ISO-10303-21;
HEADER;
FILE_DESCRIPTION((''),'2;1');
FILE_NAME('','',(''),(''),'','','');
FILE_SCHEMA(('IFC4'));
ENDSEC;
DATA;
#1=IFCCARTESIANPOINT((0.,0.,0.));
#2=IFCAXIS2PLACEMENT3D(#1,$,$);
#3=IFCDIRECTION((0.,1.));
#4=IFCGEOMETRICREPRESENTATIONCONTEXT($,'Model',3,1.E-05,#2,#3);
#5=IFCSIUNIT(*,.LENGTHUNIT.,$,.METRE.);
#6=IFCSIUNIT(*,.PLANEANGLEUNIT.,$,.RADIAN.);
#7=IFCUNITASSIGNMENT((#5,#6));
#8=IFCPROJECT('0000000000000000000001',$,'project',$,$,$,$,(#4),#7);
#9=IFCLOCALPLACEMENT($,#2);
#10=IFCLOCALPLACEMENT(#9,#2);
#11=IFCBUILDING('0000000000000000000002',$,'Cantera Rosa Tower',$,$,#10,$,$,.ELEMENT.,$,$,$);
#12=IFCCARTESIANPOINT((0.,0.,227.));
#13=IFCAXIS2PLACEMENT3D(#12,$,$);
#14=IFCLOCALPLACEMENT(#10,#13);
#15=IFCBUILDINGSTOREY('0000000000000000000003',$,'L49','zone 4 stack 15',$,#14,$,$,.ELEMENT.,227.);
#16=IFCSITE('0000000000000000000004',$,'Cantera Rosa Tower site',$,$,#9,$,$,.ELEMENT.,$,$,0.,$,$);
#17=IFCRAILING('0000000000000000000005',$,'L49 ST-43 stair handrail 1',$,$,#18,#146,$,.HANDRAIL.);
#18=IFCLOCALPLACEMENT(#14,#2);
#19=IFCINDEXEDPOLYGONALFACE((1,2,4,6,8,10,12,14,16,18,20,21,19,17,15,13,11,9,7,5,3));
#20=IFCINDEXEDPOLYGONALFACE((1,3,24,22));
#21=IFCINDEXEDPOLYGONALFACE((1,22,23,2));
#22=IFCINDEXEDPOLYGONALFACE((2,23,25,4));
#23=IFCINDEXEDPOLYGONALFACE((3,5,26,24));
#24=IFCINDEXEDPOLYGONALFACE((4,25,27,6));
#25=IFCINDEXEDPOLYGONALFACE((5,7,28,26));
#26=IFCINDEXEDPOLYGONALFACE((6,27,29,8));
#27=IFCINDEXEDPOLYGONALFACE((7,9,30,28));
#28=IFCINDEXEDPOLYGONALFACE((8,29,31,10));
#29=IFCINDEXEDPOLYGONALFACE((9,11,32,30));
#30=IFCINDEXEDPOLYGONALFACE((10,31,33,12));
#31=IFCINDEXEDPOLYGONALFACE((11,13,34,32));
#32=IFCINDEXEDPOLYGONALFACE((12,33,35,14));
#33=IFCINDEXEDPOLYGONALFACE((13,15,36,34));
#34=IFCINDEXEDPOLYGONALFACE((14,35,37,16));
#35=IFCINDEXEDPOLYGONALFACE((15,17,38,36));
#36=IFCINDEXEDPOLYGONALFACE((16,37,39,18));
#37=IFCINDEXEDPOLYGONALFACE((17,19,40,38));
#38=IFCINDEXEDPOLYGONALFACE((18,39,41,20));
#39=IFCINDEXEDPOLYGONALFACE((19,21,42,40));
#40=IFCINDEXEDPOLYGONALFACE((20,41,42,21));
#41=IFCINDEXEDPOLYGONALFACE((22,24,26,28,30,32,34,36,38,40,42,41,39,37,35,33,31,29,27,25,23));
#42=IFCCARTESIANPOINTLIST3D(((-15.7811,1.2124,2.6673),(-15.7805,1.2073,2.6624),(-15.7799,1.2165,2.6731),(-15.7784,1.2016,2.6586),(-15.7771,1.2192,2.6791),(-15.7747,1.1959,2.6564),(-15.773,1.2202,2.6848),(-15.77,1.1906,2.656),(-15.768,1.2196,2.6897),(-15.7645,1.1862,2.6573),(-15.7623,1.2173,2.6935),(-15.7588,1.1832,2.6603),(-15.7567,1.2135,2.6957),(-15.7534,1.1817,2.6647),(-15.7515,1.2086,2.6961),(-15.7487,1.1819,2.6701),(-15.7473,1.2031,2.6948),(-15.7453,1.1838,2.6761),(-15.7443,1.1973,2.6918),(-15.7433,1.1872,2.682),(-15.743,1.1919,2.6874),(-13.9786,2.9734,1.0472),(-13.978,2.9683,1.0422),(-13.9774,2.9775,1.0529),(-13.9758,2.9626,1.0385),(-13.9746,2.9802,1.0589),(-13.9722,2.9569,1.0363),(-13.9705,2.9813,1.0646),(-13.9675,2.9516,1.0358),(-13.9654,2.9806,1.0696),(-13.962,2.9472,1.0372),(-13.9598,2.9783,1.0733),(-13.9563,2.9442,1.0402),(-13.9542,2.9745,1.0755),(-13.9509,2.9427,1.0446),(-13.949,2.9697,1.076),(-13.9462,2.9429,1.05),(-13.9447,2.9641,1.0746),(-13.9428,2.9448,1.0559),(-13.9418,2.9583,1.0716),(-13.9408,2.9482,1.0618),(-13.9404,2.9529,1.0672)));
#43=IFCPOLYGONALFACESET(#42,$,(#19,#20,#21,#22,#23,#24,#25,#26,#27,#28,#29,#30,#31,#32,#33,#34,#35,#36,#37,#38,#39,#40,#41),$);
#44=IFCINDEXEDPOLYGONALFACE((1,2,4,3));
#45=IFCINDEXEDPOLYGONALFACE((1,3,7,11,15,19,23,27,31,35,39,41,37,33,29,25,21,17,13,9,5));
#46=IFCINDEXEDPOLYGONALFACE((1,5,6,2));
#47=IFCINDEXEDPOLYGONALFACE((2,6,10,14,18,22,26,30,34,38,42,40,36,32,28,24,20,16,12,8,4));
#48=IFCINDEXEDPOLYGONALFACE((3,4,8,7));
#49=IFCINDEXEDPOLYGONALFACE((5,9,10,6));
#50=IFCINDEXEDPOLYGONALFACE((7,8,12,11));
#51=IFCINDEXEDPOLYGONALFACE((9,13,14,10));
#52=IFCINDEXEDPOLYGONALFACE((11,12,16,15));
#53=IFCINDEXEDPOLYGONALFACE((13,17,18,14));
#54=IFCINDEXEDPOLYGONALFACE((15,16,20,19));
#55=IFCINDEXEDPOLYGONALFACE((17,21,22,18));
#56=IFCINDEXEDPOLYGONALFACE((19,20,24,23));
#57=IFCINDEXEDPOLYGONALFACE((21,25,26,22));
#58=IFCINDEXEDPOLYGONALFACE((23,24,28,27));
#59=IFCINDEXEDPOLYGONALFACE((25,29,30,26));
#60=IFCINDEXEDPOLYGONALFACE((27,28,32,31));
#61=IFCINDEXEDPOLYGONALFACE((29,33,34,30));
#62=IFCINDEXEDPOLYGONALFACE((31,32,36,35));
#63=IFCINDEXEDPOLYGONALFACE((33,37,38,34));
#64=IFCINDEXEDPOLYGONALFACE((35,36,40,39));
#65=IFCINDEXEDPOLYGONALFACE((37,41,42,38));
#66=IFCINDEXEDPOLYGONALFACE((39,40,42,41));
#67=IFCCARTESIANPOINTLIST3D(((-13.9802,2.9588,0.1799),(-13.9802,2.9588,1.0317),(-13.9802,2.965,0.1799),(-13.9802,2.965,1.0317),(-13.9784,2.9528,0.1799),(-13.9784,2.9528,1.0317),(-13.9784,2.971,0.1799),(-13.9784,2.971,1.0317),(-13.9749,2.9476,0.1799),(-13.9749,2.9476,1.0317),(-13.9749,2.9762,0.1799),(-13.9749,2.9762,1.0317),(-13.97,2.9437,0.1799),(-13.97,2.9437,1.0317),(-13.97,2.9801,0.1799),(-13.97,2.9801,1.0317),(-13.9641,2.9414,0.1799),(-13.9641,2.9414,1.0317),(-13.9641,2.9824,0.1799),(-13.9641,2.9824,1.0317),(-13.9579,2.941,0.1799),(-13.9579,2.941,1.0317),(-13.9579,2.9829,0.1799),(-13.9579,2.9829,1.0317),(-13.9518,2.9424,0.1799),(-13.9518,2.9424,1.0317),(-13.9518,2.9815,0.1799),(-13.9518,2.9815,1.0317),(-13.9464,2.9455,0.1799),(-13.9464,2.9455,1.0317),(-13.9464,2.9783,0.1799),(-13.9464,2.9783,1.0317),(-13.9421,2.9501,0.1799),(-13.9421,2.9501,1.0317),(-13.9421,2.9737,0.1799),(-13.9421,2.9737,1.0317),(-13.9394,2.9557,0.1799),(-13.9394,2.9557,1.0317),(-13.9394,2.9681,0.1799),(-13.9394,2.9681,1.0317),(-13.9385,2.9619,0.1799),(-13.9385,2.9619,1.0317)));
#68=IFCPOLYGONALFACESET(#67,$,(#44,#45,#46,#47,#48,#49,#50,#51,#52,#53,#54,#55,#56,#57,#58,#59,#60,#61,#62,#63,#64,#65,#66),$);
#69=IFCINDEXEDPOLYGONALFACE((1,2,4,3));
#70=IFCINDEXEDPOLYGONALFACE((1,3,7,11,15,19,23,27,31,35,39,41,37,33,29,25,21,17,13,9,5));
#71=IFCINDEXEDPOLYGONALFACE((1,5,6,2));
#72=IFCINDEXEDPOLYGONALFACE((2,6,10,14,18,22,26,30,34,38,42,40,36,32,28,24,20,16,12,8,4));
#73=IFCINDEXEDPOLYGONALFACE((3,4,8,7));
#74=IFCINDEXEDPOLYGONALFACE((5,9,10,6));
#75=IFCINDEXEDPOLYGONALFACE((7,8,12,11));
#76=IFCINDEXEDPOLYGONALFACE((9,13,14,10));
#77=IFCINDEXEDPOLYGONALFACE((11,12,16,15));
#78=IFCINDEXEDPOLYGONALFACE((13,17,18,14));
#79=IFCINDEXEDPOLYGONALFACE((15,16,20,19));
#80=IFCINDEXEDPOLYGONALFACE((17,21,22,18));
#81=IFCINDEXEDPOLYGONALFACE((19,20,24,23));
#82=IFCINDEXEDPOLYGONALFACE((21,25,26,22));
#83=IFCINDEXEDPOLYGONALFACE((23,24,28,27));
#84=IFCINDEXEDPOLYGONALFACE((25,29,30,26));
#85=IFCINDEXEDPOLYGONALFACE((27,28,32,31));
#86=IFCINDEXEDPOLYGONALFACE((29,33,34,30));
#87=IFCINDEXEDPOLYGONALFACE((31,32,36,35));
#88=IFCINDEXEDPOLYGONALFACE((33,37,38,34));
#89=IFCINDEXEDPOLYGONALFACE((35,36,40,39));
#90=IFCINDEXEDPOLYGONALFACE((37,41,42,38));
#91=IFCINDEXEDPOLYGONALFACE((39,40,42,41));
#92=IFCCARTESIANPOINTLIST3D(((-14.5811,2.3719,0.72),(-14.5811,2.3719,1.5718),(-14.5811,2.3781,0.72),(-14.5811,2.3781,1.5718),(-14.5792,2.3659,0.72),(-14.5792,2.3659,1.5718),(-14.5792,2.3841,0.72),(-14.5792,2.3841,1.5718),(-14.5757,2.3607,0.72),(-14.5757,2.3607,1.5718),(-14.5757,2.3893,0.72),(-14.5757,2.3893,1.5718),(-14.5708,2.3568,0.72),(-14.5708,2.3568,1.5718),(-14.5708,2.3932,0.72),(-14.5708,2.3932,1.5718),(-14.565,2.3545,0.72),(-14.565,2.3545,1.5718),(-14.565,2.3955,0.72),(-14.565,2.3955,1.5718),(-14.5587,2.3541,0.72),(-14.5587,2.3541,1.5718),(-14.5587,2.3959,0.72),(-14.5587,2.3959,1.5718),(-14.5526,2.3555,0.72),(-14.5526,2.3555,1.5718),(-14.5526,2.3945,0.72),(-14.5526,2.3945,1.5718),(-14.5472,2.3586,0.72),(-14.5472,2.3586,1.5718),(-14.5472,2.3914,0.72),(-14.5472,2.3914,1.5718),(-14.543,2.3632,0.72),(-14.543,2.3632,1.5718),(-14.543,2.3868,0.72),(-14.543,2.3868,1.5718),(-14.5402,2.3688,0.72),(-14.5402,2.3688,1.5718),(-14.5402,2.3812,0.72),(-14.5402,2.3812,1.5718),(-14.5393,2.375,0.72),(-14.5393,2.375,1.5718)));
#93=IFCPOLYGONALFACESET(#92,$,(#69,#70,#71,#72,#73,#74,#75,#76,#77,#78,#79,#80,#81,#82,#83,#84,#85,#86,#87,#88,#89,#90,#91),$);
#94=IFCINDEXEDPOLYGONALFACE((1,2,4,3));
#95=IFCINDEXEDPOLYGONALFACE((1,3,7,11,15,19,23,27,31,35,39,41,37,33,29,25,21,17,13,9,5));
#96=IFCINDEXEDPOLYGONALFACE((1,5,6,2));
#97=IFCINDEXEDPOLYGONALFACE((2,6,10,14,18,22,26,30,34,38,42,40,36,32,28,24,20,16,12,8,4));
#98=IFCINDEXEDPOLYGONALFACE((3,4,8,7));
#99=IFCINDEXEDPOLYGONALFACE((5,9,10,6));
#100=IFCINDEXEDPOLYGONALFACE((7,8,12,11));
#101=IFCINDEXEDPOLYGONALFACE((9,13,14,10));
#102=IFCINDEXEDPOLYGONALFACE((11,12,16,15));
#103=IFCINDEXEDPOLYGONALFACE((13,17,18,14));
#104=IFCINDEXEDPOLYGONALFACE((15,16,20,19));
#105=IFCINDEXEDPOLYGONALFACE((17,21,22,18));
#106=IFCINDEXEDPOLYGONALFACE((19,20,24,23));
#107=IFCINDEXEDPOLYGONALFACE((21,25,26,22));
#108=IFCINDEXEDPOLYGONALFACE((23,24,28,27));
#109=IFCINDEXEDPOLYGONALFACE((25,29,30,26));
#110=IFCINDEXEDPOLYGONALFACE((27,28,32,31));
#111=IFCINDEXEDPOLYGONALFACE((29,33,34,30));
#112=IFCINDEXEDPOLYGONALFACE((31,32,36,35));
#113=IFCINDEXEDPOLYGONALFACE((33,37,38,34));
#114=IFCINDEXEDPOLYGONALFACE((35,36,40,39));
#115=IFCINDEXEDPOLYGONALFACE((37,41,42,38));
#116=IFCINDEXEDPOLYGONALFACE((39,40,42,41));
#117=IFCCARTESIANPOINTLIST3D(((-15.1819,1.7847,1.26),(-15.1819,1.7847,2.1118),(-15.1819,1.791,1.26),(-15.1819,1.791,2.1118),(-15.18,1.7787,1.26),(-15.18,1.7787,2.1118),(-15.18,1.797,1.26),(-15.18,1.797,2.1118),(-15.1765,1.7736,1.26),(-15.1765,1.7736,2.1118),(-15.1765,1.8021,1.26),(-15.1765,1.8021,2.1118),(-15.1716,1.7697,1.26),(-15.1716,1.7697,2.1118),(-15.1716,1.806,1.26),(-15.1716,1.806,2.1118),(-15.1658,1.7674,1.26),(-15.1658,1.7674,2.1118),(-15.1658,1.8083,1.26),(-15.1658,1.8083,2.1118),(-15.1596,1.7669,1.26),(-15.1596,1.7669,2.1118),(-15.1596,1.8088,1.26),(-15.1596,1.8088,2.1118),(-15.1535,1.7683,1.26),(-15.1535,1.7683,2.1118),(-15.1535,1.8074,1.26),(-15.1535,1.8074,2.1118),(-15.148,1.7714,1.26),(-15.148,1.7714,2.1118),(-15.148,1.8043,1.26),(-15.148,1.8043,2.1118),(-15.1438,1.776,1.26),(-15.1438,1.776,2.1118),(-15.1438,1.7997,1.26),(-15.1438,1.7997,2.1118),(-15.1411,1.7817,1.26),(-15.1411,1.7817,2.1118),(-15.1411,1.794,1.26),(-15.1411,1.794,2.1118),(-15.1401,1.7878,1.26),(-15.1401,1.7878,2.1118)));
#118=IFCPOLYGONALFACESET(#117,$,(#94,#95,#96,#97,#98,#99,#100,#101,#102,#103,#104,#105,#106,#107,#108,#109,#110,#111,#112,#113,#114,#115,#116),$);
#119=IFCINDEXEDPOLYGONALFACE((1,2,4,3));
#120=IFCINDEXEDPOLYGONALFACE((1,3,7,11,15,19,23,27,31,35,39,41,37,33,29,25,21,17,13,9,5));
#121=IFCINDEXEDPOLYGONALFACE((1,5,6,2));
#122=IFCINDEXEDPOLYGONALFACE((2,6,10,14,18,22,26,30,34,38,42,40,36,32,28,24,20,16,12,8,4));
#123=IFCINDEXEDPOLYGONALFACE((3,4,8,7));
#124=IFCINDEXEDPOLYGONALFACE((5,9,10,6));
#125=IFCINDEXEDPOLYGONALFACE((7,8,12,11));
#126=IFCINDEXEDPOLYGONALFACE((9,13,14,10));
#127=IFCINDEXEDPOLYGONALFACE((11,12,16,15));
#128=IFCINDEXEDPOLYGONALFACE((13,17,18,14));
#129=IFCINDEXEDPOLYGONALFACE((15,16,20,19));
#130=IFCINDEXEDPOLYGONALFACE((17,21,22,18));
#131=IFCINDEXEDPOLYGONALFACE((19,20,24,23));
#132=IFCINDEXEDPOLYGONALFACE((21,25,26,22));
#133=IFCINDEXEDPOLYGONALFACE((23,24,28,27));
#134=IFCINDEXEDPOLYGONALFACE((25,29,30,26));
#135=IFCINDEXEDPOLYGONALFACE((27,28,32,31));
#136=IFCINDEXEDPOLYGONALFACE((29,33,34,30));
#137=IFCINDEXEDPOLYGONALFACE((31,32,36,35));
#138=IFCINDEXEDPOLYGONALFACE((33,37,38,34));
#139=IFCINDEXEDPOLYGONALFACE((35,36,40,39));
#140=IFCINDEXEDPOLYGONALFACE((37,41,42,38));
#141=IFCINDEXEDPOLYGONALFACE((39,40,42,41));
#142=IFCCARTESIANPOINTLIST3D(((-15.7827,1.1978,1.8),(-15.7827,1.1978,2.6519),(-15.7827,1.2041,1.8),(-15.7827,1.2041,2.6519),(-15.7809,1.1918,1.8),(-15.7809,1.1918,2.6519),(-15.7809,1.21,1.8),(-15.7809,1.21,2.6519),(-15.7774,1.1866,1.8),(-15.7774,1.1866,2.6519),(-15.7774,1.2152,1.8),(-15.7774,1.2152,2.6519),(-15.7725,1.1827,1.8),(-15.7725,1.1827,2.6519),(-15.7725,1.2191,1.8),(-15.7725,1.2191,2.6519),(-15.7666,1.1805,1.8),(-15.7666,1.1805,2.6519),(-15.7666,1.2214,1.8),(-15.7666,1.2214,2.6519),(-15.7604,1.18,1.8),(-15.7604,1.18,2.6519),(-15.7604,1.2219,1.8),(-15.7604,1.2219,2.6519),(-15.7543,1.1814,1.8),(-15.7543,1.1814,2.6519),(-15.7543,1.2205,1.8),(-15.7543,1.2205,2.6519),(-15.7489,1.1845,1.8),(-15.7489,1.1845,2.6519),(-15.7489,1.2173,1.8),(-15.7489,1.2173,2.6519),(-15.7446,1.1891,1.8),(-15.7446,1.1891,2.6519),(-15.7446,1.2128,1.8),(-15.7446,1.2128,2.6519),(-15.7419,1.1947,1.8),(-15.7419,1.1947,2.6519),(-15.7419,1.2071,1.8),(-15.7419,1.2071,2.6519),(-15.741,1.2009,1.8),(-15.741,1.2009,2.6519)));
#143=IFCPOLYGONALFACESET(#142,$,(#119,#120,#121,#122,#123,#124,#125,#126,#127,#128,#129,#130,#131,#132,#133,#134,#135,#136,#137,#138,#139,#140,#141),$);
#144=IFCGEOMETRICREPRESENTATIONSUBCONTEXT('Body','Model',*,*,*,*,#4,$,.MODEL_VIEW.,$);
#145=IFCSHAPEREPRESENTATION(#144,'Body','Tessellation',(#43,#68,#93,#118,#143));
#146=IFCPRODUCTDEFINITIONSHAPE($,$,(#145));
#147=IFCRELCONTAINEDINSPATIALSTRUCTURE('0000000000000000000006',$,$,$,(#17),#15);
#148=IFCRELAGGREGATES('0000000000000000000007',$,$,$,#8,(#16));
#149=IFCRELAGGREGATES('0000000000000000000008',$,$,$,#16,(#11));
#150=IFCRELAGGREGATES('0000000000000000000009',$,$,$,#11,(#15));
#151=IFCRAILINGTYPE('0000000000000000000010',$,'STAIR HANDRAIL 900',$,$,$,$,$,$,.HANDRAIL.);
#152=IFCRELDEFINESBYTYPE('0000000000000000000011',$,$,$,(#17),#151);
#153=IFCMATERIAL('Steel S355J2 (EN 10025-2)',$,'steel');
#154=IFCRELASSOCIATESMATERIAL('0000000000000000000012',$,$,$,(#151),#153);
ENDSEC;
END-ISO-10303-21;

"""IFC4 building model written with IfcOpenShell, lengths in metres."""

from ifc_helpers import new_model, si_unit, direction, frame, origin, origin_2d, place, context, subcontext, project, spatial, circle, extrude, material, type_object, element, save


model = new_model("IFC4")

# Units and contexts
model_context = context("Model", 3, precision=1e-05, world=origin(), true_north=direction((0.0, 1.0)))
body_context = subcontext(model_context, "Body", "Model", "MODEL_VIEW")
ifc_project = project(units=[si_unit("LENGTHUNIT", "METRE"), si_unit("PLANEANGLEUNIT", "RADIAN")], contexts=[model_context])

# Site, building, storey
site_placement = place(None, origin())
site = spatial("IfcSite", under=ifc_project, at=site_placement, Name="Cantera Rosa Tower site", CompositionType="ELEMENT", RefElevation=0.0)
building_placement = place(site_placement, origin())
building = spatial("IfcBuilding", under=site, at=building_placement, Name="Cantera Rosa Tower", CompositionType="ELEMENT")
storey_placement = place(building_placement, frame((0.0, 0.0, 227.0)))
storey = spatial("IfcBuildingStorey", under=building, at=storey_placement, Name="L49", Description="zone 4 stack 15", CompositionType="ELEMENT", Elevation=227.0)

# Railing
ifc_material_1 = material(Name="Steel S355J2 (EN 10025-2)", Category="steel")
railing_type_1 = type_object("IfcRailingType", Name="STAIR HANDRAIL 900", PredefinedType="HANDRAIL", material=ifc_material_1)
railing_1_placement = place(storey_placement, frame((-13.9595, 2.9619, 0.1799)))
element("IfcRailing", 1, at=railing_1_placement, inside=storey, type_object=railing_type_1, Name="L49 ST-43 stair handrail 1", PredefinedType="HANDRAIL", context=body_context, shape_type="SweptSolid", body=[
    extrude(circle(Radius=0.0239, at=origin_2d()), frame((0.0, 0.0, 0.876), z_axis=(-0.601672, -0.587818, 0.540796), x_axis=(0.698824, -0.715294, 0.0)), (0.0, 0.0, 1.0), 2.9958),
    extrude(circle(Radius=0.021, at=origin_2d()), origin(), (0.0, 0.0, 1.0), 0.8518),
    extrude(circle(Radius=0.021, at=origin_2d()), frame((-0.6008, -0.5869, 0.54)), (0.0, 0.0, 1.0), 0.8518),
    extrude(circle(Radius=0.021, at=origin_2d()), frame((-1.2017, -1.1741, 1.0801)), (0.0, 0.0, 1.0), 0.8518),
    extrude(circle(Radius=0.021, at=origin_2d()), frame((-1.8025, -1.761, 1.6201)), (0.0, 0.0, 1.0), 0.8518),
])

save(model, "model.ifc")
